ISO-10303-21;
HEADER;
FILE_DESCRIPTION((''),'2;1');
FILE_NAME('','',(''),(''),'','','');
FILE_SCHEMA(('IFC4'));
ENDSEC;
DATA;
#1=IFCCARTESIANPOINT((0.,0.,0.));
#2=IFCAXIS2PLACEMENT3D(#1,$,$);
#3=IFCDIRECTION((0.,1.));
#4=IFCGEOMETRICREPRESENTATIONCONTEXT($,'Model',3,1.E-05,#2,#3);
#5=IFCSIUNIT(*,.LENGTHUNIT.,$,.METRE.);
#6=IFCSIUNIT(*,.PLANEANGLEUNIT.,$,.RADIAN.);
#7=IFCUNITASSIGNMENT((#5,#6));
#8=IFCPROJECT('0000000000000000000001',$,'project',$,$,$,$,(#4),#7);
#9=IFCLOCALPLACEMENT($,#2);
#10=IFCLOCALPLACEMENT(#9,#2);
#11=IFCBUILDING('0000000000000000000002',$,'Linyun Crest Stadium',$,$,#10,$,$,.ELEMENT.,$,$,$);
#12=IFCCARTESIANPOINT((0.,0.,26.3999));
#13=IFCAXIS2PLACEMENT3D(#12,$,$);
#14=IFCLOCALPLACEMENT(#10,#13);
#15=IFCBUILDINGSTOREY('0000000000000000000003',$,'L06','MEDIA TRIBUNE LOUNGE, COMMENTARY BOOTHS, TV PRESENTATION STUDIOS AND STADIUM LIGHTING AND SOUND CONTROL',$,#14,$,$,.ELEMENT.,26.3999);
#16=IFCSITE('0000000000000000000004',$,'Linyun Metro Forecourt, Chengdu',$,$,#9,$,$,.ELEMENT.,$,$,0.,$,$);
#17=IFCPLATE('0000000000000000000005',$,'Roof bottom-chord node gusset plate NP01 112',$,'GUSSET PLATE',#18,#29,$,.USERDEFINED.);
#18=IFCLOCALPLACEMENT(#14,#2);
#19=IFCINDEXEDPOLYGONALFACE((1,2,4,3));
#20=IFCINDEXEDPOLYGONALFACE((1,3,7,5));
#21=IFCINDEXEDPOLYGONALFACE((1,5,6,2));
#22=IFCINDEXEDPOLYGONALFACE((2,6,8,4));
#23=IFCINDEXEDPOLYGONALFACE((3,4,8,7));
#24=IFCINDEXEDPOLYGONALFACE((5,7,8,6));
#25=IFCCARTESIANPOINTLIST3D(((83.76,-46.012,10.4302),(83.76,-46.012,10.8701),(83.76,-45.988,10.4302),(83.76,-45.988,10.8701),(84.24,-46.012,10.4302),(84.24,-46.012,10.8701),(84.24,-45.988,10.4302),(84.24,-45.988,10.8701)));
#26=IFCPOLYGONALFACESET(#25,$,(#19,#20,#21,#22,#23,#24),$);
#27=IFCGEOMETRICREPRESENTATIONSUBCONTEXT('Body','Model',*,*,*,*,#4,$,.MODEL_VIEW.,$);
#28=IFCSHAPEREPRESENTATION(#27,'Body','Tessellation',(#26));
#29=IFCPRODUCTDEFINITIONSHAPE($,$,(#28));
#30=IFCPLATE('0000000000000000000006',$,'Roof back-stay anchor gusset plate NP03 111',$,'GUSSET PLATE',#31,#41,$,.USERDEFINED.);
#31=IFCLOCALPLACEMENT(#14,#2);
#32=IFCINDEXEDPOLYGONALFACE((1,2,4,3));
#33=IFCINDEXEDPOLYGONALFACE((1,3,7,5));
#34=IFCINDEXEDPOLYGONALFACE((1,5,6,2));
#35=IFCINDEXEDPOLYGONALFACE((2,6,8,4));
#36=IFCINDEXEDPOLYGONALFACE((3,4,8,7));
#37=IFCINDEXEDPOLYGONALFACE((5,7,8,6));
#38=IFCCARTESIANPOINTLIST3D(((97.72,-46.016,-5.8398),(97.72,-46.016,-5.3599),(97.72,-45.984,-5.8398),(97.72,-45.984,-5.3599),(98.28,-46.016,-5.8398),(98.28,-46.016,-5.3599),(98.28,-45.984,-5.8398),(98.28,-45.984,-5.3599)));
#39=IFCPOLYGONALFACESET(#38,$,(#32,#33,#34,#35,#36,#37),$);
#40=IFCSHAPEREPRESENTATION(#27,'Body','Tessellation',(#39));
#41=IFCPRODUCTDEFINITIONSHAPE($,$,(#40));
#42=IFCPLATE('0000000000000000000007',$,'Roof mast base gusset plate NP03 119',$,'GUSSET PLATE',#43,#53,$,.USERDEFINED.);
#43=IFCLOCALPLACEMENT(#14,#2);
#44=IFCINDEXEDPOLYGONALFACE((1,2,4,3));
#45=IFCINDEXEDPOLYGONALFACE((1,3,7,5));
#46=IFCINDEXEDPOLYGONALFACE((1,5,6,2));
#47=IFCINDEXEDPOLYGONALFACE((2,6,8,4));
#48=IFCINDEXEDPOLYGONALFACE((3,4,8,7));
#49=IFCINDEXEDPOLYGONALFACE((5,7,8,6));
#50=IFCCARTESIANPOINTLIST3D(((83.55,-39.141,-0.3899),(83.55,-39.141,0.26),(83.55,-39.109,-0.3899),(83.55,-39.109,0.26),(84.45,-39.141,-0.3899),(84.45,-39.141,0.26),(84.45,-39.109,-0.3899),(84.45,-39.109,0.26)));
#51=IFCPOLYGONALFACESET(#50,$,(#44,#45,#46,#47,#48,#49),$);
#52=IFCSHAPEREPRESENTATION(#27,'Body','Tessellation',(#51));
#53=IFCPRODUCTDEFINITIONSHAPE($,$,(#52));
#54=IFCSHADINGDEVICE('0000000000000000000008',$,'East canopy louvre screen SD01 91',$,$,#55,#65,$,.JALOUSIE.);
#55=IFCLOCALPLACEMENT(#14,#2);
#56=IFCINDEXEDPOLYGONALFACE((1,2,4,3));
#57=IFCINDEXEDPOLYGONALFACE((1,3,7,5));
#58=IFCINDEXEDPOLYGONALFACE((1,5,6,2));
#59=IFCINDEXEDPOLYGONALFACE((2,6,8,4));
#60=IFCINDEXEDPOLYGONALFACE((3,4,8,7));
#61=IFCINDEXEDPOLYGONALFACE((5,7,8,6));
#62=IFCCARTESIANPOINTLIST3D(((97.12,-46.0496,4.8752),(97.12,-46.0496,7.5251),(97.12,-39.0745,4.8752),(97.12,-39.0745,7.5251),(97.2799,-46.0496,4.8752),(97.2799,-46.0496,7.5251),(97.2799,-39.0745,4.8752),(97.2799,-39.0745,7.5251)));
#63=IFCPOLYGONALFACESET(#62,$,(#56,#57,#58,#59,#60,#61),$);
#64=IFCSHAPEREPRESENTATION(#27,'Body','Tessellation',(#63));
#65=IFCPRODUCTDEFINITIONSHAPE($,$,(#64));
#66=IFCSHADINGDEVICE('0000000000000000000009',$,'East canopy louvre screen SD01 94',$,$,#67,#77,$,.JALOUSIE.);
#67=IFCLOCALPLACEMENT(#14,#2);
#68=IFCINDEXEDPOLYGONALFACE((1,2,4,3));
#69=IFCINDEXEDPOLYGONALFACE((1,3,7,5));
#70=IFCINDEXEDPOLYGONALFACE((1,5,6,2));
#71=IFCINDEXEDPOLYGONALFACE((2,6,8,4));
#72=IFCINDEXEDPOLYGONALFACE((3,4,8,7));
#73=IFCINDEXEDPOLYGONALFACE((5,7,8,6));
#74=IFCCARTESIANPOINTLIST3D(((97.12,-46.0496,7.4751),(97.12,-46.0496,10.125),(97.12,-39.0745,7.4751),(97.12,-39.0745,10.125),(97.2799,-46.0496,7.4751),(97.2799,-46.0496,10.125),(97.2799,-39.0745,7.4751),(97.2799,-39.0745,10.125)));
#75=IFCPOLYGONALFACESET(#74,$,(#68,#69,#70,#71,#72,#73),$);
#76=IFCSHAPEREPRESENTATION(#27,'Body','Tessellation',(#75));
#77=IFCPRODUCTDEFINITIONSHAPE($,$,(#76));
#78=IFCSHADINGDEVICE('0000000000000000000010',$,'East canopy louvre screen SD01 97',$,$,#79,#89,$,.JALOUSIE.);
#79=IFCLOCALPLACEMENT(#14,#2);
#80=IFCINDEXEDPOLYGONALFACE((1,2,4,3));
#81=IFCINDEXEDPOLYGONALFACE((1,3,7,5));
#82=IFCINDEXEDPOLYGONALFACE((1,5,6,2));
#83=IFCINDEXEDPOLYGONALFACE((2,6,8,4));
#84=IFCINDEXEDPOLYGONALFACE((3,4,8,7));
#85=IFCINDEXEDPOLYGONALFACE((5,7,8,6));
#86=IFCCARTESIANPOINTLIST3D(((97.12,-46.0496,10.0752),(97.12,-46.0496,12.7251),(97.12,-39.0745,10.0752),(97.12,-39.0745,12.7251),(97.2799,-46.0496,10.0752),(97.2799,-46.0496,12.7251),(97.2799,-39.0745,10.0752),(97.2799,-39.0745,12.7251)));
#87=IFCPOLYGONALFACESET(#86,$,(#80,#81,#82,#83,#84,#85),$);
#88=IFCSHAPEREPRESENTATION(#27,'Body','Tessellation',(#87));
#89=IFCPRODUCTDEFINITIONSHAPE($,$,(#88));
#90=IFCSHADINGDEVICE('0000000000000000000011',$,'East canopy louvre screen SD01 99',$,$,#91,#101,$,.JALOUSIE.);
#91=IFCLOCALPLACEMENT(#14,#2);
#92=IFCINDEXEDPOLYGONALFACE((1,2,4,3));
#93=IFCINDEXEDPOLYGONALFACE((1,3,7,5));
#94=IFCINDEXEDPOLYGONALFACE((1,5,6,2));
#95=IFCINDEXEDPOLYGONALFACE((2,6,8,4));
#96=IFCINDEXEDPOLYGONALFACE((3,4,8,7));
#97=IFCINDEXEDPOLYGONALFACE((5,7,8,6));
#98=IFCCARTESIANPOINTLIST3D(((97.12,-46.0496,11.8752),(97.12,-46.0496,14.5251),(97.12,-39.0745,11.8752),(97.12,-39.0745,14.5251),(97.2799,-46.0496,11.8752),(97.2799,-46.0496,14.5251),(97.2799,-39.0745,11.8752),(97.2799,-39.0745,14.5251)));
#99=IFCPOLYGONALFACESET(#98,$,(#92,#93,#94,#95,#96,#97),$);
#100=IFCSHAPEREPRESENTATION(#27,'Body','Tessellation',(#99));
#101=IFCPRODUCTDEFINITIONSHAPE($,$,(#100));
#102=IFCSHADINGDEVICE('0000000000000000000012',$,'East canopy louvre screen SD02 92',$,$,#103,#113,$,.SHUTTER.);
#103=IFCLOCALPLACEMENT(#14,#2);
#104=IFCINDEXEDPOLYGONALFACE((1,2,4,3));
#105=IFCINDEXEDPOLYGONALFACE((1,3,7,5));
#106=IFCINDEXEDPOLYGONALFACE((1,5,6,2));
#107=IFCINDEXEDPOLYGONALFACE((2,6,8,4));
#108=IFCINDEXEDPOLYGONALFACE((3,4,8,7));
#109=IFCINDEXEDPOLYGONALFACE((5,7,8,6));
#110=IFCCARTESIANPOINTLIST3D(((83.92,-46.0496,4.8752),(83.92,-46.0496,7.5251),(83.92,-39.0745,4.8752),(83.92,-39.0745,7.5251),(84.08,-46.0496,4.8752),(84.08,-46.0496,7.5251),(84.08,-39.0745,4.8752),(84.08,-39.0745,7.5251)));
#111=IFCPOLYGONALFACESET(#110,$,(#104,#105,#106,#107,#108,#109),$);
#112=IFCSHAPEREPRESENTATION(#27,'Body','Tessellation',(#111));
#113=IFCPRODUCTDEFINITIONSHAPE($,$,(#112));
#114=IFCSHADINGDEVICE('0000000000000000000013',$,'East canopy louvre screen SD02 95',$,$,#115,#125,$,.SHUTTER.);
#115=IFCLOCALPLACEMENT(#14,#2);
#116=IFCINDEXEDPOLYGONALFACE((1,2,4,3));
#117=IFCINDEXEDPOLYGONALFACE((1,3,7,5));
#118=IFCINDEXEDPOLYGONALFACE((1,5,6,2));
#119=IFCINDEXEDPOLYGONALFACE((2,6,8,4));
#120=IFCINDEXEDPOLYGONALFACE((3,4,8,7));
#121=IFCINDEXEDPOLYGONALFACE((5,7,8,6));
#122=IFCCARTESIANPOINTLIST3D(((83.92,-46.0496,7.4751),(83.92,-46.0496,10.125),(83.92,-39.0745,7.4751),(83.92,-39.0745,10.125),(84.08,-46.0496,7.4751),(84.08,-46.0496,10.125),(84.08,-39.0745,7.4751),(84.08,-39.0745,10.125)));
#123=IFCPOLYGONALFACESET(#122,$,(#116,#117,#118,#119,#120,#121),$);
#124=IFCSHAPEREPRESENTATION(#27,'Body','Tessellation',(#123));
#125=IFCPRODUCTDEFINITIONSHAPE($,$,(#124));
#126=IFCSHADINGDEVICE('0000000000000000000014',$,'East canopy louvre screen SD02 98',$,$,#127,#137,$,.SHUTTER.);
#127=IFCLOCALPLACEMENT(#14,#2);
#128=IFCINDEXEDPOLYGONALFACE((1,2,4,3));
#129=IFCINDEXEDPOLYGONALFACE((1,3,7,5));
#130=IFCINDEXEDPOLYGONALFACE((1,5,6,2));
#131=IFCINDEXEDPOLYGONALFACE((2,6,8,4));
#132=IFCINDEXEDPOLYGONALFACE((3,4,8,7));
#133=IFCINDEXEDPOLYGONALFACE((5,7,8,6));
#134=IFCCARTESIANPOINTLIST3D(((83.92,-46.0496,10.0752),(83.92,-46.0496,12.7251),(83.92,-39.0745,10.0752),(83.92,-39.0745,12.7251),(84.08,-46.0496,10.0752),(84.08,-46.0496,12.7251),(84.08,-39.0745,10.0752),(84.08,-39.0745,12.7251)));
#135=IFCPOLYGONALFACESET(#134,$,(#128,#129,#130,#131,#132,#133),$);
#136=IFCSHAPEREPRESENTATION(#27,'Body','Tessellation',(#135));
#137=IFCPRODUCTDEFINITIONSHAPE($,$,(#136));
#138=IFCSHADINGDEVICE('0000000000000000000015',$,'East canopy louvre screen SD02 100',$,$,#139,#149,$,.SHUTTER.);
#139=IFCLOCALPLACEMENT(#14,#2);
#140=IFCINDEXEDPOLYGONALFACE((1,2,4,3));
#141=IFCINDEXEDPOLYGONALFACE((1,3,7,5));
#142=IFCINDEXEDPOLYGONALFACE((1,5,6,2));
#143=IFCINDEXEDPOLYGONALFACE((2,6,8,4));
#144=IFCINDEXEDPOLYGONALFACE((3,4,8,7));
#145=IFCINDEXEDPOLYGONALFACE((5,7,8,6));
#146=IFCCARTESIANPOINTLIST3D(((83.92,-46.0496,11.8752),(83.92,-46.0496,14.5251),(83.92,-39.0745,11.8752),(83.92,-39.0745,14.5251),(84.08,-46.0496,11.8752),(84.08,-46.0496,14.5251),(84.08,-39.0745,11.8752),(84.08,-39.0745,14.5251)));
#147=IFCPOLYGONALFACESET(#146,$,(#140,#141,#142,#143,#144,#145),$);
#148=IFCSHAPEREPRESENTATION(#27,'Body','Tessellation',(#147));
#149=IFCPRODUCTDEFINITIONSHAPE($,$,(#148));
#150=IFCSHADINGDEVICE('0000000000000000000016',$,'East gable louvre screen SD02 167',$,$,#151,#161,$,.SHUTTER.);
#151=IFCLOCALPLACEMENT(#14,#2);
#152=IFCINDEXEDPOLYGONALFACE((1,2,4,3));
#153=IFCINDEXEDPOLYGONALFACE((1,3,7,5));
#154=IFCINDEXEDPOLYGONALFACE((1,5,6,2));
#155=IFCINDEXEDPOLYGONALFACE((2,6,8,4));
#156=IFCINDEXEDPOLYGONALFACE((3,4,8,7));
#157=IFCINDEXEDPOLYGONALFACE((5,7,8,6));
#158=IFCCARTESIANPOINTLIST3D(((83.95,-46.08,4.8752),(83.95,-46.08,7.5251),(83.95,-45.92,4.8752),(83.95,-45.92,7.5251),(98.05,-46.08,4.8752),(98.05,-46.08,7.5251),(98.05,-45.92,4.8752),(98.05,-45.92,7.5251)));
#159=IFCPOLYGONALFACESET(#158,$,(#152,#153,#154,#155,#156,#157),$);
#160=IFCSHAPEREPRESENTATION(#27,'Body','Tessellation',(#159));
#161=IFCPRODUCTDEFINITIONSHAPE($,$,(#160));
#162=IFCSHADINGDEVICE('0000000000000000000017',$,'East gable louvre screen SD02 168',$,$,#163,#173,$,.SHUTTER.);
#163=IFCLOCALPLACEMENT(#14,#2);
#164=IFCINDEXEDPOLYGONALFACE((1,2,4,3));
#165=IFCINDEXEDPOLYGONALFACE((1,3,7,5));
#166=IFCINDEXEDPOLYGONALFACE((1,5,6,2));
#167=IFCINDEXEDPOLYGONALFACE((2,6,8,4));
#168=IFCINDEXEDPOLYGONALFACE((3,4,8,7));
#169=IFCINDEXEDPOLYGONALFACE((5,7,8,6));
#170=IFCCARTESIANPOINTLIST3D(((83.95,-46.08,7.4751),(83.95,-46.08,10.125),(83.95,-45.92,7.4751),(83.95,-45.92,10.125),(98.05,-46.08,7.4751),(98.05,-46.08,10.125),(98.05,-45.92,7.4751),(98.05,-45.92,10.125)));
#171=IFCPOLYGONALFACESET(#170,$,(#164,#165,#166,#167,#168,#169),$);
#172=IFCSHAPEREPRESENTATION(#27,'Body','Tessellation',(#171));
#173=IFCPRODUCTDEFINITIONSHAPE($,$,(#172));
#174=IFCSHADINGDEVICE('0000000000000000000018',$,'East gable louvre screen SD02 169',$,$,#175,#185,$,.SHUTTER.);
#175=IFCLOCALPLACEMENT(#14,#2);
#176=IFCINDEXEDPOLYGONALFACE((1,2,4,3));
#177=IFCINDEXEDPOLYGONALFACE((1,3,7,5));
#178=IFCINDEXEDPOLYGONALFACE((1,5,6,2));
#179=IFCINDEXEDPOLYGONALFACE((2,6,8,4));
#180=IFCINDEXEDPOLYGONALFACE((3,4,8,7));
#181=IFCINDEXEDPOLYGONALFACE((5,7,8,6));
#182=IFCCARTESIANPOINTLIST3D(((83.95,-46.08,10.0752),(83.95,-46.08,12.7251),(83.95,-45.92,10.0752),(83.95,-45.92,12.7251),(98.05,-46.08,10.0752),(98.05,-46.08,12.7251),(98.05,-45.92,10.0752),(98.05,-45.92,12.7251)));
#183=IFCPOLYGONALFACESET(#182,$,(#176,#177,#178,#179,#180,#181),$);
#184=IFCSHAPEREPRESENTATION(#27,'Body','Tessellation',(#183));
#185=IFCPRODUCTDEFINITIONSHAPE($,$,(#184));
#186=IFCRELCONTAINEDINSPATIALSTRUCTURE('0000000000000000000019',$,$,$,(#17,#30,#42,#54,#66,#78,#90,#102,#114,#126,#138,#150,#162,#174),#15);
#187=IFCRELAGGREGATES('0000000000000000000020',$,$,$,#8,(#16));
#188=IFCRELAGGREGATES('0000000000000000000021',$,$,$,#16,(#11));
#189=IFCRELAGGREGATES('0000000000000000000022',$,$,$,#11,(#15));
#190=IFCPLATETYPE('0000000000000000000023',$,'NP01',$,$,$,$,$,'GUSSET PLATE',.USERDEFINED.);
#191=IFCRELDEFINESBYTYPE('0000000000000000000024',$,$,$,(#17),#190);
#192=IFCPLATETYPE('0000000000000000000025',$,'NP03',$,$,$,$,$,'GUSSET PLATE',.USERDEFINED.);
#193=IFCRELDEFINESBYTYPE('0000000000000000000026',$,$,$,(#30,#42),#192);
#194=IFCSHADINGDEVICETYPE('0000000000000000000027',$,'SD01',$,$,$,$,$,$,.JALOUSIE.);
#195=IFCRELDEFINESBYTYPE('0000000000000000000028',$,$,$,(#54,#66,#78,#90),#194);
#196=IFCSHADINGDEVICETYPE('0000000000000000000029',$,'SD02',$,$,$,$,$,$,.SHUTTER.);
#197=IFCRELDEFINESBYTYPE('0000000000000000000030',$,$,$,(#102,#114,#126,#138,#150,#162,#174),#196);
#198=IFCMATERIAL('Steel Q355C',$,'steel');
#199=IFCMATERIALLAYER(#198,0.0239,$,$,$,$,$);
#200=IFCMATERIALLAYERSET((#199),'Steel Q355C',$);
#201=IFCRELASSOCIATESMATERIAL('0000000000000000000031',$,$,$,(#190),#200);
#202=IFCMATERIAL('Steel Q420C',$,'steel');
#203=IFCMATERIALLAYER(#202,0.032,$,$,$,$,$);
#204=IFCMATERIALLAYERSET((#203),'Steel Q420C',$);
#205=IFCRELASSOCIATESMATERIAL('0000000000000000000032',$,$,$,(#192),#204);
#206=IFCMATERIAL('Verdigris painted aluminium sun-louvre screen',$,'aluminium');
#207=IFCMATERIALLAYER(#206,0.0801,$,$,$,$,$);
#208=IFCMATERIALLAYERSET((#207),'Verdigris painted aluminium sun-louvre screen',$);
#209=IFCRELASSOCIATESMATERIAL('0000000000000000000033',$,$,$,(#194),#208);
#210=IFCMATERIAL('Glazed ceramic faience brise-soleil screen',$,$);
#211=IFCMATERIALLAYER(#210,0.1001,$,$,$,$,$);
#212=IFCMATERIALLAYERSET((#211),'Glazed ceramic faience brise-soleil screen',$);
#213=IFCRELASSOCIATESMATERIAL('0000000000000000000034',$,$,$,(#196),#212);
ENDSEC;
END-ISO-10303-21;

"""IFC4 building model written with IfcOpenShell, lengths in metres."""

from ifc_helpers import new_model, si_unit, direction, frame, origin, origin_2d, place, context, subcontext, project, spatial, rectangle, extrude, material, layer, layer_set, type_object, element, save


model = new_model("IFC4")

# Units and contexts
model_context = context("Model", 3, precision=1e-05, world=origin(), true_north=direction((0.0, 1.0)))
body_context = subcontext(model_context, "Body", "Model", "MODEL_VIEW")
ifc_project = project(units=[si_unit("LENGTHUNIT", "METRE"), si_unit("PLANEANGLEUNIT", "RADIAN")], contexts=[model_context])

# Site, building, storey
site_placement = place(None, origin())
site = spatial("IfcSite", under=ifc_project, at=site_placement, Name="Linyun Metro Forecourt, Chengdu", CompositionType="ELEMENT", RefElevation=0.0)
building_placement = place(site_placement, origin())
building = spatial("IfcBuilding", under=site, at=building_placement, Name="Linyun Crest Stadium", CompositionType="ELEMENT")
storey_placement = place(building_placement, frame((0.0, 0.0, 26.3999)))
storey = spatial("IfcBuildingStorey", under=building, at=storey_placement, Name="L06", Description="MEDIA TRIBUNE LOUNGE, COMMENTARY BOOTHS, TV PRESENTATION STUDIOS AND STADIUM LIGHTING AND SOUND CONTROL", CompositionType="ELEMENT", Elevation=26.3999)

# Plates
ifc_material_1 = material(Name="Steel Q355C", Category="steel")
ifc_layer_1 = layer(ifc_material_1, 0.0239)
ifc_layer_set_1 = layer_set([ifc_layer_1], Name="Steel Q355C")
plate_type_1 = type_object("IfcPlateType", Name="NP01", ElementType="GUSSET PLATE", PredefinedType="USERDEFINED", material=ifc_layer_set_1)
plate_1_placement = place(storey_placement, frame((84.0, -46.0, 10.4302), z_axis=(0.0, 0.0, 1.0), x_axis=(1.0, 0.0, 0.0)))
element("IfcPlate", 1, at=plate_1_placement, inside=storey, type_object=plate_type_1, Name="Roof bottom-chord node gusset plate NP01 112", ObjectType="GUSSET PLATE", PredefinedType="USERDEFINED", context=body_context, shape_type="SweptSolid", body=[
    extrude(rectangle(XDim=0.48, YDim=0.0239, at=origin_2d()), origin(), (0.0, 0.0, 1.0), 0.4399),
])
ifc_material_2 = material(Name="Steel Q420C", Category="steel")
ifc_layer_2 = layer(ifc_material_2, 0.032)
ifc_layer_set_2 = layer_set([ifc_layer_2], Name="Steel Q420C")
plate_type_2 = type_object("IfcPlateType", Name="NP03", ElementType="GUSSET PLATE", PredefinedType="USERDEFINED", material=ifc_layer_set_2)
plate_2_placement = place(storey_placement, frame((98.0, -46.0, -5.8398), z_axis=(0.0, 0.0, 1.0), x_axis=(1.0, 0.0, 0.0)))
element("IfcPlate", 2, at=plate_2_placement, inside=storey, type_object=plate_type_2, Name="Roof back-stay anchor gusset plate NP03 111", ObjectType="GUSSET PLATE", PredefinedType="USERDEFINED", context=body_context, shape_type="SweptSolid", body=[
    extrude(rectangle(XDim=0.5601, YDim=0.032, at=origin_2d()), origin(), (0.0, 0.0, 1.0), 0.48),
])
plate_3_placement = place(storey_placement, frame((84.0, -39.125, -0.3899), z_axis=(0.0, 0.0, 1.0), x_axis=(1.0, 0.0, 0.0)))
element("IfcPlate", 3, at=plate_3_placement, inside=storey, type_object=plate_type_2, Name="Roof mast base gusset plate NP03 119", ObjectType="GUSSET PLATE", PredefinedType="USERDEFINED", context=body_context, shape_type="SweptSolid", body=[
    extrude(rectangle(XDim=0.8999, YDim=0.032, at=origin_2d()), origin(), (0.0, 0.0, 1.0), 0.6499),
])

# Shading devices
ifc_material_3 = material(Name="Verdigris painted aluminium sun-louvre screen", Category="aluminium")
ifc_layer_3 = layer(ifc_material_3, 0.0801)
ifc_layer_set_3 = layer_set([ifc_layer_3], Name="Verdigris painted aluminium sun-louvre screen")
shading_device_type_1 = type_object("IfcShadingDeviceType", Name="SD01", PredefinedType="JALOUSIE", material=ifc_layer_set_3)
for number, where, z_axis, x_axis, name in (
    (4, (97.2, -42.562, 4.8752), (0.0, 0.0, 1.0), (1.0, 0.0, 0.0), "East canopy louvre screen SD01 91"),
    (5, (97.2, -42.562, 7.4751), (0.0, 0.0, 1.0), (1.0, 0.0, 0.0), "East canopy louvre screen SD01 94"),
    (6, (97.2, -42.562, 10.0752), (0.0, 0.0, 1.0), (1.0, 0.0, 0.0), "East canopy louvre screen SD01 97"),
    (7, (97.2, -42.562, 11.8752), (0.0, 0.0, 1.0), (1.0, 0.0, 0.0), "East canopy louvre screen SD01 99"),
):
    element("IfcShadingDevice", number, at=place(storey_placement, frame(where, z_axis=z_axis, x_axis=x_axis)), inside=storey, type_object=shading_device_type_1, Name=name, PredefinedType="JALOUSIE", context=body_context, shape_type="SweptSolid", body=[
        extrude(rectangle(XDim=0.1599, YDim=6.9751, at=origin_2d()), origin(), (0.0, 0.0, 1.0), 2.6499),
    ])
ifc_material_4 = material(Name="Glazed ceramic faience brise-soleil screen")
ifc_layer_4 = layer(ifc_material_4, 0.1001)
ifc_layer_set_4 = layer_set([ifc_layer_4], Name="Glazed ceramic faience brise-soleil screen")
shading_device_type_2 = type_object("IfcShadingDeviceType", Name="SD02", PredefinedType="SHUTTER", material=ifc_layer_set_4)
for number, where, z_axis, x_axis, name in (
    (8, (84.0, -42.562, 4.8752), (0.0, 0.0, 1.0), (1.0, 0.0, 0.0), "East canopy louvre screen SD02 92"),
    (9, (84.0, -42.562, 7.4751), (0.0, 0.0, 1.0), (1.0, 0.0, 0.0), "East canopy louvre screen SD02 95"),
    (10, (84.0, -42.562, 10.0752), (0.0, 0.0, 1.0), (1.0, 0.0, 0.0), "East canopy louvre screen SD02 98"),
    (11, (84.0, -42.562, 11.8752), (0.0, 0.0, 1.0), (1.0, 0.0, 0.0), "East canopy louvre screen SD02 100"),
):
    element("IfcShadingDevice", number, at=place(storey_placement, frame(where, z_axis=z_axis, x_axis=x_axis)), inside=storey, type_object=shading_device_type_2, Name=name, PredefinedType="SHUTTER", context=body_context, shape_type="SweptSolid", body=[
        extrude(rectangle(XDim=0.1599, YDim=6.9751, at=origin_2d()), origin(), (0.0, 0.0, 1.0), 2.6499),
    ])
for number, where, z_axis, x_axis, name in (
    (12, (91.0, -46.0, 4.8752), (0.0, 0.0, 1.0), (1.0, 0.0, 0.0), "East gable louvre screen SD02 167"),
    (13, (91.0, -46.0, 7.4751), (0.0, 0.0, 1.0), (1.0, 0.0, 0.0), "East gable louvre screen SD02 168"),
    (14, (91.0, -46.0, 10.0752), (0.0, 0.0, 1.0), (1.0, 0.0, 0.0), "East gable louvre screen SD02 169"),
):
    element("IfcShadingDevice", number, at=place(storey_placement, frame(where, z_axis=z_axis, x_axis=x_axis)), inside=storey, type_object=shading_device_type_2, Name=name, PredefinedType="SHUTTER", context=body_context, shape_type="SweptSolid", body=[
        extrude(rectangle(XDim=14.1001, YDim=0.1599, at=origin_2d()), origin(), (0.0, 0.0, 1.0), 2.6499),
    ])

save(model, "model.ifc")
